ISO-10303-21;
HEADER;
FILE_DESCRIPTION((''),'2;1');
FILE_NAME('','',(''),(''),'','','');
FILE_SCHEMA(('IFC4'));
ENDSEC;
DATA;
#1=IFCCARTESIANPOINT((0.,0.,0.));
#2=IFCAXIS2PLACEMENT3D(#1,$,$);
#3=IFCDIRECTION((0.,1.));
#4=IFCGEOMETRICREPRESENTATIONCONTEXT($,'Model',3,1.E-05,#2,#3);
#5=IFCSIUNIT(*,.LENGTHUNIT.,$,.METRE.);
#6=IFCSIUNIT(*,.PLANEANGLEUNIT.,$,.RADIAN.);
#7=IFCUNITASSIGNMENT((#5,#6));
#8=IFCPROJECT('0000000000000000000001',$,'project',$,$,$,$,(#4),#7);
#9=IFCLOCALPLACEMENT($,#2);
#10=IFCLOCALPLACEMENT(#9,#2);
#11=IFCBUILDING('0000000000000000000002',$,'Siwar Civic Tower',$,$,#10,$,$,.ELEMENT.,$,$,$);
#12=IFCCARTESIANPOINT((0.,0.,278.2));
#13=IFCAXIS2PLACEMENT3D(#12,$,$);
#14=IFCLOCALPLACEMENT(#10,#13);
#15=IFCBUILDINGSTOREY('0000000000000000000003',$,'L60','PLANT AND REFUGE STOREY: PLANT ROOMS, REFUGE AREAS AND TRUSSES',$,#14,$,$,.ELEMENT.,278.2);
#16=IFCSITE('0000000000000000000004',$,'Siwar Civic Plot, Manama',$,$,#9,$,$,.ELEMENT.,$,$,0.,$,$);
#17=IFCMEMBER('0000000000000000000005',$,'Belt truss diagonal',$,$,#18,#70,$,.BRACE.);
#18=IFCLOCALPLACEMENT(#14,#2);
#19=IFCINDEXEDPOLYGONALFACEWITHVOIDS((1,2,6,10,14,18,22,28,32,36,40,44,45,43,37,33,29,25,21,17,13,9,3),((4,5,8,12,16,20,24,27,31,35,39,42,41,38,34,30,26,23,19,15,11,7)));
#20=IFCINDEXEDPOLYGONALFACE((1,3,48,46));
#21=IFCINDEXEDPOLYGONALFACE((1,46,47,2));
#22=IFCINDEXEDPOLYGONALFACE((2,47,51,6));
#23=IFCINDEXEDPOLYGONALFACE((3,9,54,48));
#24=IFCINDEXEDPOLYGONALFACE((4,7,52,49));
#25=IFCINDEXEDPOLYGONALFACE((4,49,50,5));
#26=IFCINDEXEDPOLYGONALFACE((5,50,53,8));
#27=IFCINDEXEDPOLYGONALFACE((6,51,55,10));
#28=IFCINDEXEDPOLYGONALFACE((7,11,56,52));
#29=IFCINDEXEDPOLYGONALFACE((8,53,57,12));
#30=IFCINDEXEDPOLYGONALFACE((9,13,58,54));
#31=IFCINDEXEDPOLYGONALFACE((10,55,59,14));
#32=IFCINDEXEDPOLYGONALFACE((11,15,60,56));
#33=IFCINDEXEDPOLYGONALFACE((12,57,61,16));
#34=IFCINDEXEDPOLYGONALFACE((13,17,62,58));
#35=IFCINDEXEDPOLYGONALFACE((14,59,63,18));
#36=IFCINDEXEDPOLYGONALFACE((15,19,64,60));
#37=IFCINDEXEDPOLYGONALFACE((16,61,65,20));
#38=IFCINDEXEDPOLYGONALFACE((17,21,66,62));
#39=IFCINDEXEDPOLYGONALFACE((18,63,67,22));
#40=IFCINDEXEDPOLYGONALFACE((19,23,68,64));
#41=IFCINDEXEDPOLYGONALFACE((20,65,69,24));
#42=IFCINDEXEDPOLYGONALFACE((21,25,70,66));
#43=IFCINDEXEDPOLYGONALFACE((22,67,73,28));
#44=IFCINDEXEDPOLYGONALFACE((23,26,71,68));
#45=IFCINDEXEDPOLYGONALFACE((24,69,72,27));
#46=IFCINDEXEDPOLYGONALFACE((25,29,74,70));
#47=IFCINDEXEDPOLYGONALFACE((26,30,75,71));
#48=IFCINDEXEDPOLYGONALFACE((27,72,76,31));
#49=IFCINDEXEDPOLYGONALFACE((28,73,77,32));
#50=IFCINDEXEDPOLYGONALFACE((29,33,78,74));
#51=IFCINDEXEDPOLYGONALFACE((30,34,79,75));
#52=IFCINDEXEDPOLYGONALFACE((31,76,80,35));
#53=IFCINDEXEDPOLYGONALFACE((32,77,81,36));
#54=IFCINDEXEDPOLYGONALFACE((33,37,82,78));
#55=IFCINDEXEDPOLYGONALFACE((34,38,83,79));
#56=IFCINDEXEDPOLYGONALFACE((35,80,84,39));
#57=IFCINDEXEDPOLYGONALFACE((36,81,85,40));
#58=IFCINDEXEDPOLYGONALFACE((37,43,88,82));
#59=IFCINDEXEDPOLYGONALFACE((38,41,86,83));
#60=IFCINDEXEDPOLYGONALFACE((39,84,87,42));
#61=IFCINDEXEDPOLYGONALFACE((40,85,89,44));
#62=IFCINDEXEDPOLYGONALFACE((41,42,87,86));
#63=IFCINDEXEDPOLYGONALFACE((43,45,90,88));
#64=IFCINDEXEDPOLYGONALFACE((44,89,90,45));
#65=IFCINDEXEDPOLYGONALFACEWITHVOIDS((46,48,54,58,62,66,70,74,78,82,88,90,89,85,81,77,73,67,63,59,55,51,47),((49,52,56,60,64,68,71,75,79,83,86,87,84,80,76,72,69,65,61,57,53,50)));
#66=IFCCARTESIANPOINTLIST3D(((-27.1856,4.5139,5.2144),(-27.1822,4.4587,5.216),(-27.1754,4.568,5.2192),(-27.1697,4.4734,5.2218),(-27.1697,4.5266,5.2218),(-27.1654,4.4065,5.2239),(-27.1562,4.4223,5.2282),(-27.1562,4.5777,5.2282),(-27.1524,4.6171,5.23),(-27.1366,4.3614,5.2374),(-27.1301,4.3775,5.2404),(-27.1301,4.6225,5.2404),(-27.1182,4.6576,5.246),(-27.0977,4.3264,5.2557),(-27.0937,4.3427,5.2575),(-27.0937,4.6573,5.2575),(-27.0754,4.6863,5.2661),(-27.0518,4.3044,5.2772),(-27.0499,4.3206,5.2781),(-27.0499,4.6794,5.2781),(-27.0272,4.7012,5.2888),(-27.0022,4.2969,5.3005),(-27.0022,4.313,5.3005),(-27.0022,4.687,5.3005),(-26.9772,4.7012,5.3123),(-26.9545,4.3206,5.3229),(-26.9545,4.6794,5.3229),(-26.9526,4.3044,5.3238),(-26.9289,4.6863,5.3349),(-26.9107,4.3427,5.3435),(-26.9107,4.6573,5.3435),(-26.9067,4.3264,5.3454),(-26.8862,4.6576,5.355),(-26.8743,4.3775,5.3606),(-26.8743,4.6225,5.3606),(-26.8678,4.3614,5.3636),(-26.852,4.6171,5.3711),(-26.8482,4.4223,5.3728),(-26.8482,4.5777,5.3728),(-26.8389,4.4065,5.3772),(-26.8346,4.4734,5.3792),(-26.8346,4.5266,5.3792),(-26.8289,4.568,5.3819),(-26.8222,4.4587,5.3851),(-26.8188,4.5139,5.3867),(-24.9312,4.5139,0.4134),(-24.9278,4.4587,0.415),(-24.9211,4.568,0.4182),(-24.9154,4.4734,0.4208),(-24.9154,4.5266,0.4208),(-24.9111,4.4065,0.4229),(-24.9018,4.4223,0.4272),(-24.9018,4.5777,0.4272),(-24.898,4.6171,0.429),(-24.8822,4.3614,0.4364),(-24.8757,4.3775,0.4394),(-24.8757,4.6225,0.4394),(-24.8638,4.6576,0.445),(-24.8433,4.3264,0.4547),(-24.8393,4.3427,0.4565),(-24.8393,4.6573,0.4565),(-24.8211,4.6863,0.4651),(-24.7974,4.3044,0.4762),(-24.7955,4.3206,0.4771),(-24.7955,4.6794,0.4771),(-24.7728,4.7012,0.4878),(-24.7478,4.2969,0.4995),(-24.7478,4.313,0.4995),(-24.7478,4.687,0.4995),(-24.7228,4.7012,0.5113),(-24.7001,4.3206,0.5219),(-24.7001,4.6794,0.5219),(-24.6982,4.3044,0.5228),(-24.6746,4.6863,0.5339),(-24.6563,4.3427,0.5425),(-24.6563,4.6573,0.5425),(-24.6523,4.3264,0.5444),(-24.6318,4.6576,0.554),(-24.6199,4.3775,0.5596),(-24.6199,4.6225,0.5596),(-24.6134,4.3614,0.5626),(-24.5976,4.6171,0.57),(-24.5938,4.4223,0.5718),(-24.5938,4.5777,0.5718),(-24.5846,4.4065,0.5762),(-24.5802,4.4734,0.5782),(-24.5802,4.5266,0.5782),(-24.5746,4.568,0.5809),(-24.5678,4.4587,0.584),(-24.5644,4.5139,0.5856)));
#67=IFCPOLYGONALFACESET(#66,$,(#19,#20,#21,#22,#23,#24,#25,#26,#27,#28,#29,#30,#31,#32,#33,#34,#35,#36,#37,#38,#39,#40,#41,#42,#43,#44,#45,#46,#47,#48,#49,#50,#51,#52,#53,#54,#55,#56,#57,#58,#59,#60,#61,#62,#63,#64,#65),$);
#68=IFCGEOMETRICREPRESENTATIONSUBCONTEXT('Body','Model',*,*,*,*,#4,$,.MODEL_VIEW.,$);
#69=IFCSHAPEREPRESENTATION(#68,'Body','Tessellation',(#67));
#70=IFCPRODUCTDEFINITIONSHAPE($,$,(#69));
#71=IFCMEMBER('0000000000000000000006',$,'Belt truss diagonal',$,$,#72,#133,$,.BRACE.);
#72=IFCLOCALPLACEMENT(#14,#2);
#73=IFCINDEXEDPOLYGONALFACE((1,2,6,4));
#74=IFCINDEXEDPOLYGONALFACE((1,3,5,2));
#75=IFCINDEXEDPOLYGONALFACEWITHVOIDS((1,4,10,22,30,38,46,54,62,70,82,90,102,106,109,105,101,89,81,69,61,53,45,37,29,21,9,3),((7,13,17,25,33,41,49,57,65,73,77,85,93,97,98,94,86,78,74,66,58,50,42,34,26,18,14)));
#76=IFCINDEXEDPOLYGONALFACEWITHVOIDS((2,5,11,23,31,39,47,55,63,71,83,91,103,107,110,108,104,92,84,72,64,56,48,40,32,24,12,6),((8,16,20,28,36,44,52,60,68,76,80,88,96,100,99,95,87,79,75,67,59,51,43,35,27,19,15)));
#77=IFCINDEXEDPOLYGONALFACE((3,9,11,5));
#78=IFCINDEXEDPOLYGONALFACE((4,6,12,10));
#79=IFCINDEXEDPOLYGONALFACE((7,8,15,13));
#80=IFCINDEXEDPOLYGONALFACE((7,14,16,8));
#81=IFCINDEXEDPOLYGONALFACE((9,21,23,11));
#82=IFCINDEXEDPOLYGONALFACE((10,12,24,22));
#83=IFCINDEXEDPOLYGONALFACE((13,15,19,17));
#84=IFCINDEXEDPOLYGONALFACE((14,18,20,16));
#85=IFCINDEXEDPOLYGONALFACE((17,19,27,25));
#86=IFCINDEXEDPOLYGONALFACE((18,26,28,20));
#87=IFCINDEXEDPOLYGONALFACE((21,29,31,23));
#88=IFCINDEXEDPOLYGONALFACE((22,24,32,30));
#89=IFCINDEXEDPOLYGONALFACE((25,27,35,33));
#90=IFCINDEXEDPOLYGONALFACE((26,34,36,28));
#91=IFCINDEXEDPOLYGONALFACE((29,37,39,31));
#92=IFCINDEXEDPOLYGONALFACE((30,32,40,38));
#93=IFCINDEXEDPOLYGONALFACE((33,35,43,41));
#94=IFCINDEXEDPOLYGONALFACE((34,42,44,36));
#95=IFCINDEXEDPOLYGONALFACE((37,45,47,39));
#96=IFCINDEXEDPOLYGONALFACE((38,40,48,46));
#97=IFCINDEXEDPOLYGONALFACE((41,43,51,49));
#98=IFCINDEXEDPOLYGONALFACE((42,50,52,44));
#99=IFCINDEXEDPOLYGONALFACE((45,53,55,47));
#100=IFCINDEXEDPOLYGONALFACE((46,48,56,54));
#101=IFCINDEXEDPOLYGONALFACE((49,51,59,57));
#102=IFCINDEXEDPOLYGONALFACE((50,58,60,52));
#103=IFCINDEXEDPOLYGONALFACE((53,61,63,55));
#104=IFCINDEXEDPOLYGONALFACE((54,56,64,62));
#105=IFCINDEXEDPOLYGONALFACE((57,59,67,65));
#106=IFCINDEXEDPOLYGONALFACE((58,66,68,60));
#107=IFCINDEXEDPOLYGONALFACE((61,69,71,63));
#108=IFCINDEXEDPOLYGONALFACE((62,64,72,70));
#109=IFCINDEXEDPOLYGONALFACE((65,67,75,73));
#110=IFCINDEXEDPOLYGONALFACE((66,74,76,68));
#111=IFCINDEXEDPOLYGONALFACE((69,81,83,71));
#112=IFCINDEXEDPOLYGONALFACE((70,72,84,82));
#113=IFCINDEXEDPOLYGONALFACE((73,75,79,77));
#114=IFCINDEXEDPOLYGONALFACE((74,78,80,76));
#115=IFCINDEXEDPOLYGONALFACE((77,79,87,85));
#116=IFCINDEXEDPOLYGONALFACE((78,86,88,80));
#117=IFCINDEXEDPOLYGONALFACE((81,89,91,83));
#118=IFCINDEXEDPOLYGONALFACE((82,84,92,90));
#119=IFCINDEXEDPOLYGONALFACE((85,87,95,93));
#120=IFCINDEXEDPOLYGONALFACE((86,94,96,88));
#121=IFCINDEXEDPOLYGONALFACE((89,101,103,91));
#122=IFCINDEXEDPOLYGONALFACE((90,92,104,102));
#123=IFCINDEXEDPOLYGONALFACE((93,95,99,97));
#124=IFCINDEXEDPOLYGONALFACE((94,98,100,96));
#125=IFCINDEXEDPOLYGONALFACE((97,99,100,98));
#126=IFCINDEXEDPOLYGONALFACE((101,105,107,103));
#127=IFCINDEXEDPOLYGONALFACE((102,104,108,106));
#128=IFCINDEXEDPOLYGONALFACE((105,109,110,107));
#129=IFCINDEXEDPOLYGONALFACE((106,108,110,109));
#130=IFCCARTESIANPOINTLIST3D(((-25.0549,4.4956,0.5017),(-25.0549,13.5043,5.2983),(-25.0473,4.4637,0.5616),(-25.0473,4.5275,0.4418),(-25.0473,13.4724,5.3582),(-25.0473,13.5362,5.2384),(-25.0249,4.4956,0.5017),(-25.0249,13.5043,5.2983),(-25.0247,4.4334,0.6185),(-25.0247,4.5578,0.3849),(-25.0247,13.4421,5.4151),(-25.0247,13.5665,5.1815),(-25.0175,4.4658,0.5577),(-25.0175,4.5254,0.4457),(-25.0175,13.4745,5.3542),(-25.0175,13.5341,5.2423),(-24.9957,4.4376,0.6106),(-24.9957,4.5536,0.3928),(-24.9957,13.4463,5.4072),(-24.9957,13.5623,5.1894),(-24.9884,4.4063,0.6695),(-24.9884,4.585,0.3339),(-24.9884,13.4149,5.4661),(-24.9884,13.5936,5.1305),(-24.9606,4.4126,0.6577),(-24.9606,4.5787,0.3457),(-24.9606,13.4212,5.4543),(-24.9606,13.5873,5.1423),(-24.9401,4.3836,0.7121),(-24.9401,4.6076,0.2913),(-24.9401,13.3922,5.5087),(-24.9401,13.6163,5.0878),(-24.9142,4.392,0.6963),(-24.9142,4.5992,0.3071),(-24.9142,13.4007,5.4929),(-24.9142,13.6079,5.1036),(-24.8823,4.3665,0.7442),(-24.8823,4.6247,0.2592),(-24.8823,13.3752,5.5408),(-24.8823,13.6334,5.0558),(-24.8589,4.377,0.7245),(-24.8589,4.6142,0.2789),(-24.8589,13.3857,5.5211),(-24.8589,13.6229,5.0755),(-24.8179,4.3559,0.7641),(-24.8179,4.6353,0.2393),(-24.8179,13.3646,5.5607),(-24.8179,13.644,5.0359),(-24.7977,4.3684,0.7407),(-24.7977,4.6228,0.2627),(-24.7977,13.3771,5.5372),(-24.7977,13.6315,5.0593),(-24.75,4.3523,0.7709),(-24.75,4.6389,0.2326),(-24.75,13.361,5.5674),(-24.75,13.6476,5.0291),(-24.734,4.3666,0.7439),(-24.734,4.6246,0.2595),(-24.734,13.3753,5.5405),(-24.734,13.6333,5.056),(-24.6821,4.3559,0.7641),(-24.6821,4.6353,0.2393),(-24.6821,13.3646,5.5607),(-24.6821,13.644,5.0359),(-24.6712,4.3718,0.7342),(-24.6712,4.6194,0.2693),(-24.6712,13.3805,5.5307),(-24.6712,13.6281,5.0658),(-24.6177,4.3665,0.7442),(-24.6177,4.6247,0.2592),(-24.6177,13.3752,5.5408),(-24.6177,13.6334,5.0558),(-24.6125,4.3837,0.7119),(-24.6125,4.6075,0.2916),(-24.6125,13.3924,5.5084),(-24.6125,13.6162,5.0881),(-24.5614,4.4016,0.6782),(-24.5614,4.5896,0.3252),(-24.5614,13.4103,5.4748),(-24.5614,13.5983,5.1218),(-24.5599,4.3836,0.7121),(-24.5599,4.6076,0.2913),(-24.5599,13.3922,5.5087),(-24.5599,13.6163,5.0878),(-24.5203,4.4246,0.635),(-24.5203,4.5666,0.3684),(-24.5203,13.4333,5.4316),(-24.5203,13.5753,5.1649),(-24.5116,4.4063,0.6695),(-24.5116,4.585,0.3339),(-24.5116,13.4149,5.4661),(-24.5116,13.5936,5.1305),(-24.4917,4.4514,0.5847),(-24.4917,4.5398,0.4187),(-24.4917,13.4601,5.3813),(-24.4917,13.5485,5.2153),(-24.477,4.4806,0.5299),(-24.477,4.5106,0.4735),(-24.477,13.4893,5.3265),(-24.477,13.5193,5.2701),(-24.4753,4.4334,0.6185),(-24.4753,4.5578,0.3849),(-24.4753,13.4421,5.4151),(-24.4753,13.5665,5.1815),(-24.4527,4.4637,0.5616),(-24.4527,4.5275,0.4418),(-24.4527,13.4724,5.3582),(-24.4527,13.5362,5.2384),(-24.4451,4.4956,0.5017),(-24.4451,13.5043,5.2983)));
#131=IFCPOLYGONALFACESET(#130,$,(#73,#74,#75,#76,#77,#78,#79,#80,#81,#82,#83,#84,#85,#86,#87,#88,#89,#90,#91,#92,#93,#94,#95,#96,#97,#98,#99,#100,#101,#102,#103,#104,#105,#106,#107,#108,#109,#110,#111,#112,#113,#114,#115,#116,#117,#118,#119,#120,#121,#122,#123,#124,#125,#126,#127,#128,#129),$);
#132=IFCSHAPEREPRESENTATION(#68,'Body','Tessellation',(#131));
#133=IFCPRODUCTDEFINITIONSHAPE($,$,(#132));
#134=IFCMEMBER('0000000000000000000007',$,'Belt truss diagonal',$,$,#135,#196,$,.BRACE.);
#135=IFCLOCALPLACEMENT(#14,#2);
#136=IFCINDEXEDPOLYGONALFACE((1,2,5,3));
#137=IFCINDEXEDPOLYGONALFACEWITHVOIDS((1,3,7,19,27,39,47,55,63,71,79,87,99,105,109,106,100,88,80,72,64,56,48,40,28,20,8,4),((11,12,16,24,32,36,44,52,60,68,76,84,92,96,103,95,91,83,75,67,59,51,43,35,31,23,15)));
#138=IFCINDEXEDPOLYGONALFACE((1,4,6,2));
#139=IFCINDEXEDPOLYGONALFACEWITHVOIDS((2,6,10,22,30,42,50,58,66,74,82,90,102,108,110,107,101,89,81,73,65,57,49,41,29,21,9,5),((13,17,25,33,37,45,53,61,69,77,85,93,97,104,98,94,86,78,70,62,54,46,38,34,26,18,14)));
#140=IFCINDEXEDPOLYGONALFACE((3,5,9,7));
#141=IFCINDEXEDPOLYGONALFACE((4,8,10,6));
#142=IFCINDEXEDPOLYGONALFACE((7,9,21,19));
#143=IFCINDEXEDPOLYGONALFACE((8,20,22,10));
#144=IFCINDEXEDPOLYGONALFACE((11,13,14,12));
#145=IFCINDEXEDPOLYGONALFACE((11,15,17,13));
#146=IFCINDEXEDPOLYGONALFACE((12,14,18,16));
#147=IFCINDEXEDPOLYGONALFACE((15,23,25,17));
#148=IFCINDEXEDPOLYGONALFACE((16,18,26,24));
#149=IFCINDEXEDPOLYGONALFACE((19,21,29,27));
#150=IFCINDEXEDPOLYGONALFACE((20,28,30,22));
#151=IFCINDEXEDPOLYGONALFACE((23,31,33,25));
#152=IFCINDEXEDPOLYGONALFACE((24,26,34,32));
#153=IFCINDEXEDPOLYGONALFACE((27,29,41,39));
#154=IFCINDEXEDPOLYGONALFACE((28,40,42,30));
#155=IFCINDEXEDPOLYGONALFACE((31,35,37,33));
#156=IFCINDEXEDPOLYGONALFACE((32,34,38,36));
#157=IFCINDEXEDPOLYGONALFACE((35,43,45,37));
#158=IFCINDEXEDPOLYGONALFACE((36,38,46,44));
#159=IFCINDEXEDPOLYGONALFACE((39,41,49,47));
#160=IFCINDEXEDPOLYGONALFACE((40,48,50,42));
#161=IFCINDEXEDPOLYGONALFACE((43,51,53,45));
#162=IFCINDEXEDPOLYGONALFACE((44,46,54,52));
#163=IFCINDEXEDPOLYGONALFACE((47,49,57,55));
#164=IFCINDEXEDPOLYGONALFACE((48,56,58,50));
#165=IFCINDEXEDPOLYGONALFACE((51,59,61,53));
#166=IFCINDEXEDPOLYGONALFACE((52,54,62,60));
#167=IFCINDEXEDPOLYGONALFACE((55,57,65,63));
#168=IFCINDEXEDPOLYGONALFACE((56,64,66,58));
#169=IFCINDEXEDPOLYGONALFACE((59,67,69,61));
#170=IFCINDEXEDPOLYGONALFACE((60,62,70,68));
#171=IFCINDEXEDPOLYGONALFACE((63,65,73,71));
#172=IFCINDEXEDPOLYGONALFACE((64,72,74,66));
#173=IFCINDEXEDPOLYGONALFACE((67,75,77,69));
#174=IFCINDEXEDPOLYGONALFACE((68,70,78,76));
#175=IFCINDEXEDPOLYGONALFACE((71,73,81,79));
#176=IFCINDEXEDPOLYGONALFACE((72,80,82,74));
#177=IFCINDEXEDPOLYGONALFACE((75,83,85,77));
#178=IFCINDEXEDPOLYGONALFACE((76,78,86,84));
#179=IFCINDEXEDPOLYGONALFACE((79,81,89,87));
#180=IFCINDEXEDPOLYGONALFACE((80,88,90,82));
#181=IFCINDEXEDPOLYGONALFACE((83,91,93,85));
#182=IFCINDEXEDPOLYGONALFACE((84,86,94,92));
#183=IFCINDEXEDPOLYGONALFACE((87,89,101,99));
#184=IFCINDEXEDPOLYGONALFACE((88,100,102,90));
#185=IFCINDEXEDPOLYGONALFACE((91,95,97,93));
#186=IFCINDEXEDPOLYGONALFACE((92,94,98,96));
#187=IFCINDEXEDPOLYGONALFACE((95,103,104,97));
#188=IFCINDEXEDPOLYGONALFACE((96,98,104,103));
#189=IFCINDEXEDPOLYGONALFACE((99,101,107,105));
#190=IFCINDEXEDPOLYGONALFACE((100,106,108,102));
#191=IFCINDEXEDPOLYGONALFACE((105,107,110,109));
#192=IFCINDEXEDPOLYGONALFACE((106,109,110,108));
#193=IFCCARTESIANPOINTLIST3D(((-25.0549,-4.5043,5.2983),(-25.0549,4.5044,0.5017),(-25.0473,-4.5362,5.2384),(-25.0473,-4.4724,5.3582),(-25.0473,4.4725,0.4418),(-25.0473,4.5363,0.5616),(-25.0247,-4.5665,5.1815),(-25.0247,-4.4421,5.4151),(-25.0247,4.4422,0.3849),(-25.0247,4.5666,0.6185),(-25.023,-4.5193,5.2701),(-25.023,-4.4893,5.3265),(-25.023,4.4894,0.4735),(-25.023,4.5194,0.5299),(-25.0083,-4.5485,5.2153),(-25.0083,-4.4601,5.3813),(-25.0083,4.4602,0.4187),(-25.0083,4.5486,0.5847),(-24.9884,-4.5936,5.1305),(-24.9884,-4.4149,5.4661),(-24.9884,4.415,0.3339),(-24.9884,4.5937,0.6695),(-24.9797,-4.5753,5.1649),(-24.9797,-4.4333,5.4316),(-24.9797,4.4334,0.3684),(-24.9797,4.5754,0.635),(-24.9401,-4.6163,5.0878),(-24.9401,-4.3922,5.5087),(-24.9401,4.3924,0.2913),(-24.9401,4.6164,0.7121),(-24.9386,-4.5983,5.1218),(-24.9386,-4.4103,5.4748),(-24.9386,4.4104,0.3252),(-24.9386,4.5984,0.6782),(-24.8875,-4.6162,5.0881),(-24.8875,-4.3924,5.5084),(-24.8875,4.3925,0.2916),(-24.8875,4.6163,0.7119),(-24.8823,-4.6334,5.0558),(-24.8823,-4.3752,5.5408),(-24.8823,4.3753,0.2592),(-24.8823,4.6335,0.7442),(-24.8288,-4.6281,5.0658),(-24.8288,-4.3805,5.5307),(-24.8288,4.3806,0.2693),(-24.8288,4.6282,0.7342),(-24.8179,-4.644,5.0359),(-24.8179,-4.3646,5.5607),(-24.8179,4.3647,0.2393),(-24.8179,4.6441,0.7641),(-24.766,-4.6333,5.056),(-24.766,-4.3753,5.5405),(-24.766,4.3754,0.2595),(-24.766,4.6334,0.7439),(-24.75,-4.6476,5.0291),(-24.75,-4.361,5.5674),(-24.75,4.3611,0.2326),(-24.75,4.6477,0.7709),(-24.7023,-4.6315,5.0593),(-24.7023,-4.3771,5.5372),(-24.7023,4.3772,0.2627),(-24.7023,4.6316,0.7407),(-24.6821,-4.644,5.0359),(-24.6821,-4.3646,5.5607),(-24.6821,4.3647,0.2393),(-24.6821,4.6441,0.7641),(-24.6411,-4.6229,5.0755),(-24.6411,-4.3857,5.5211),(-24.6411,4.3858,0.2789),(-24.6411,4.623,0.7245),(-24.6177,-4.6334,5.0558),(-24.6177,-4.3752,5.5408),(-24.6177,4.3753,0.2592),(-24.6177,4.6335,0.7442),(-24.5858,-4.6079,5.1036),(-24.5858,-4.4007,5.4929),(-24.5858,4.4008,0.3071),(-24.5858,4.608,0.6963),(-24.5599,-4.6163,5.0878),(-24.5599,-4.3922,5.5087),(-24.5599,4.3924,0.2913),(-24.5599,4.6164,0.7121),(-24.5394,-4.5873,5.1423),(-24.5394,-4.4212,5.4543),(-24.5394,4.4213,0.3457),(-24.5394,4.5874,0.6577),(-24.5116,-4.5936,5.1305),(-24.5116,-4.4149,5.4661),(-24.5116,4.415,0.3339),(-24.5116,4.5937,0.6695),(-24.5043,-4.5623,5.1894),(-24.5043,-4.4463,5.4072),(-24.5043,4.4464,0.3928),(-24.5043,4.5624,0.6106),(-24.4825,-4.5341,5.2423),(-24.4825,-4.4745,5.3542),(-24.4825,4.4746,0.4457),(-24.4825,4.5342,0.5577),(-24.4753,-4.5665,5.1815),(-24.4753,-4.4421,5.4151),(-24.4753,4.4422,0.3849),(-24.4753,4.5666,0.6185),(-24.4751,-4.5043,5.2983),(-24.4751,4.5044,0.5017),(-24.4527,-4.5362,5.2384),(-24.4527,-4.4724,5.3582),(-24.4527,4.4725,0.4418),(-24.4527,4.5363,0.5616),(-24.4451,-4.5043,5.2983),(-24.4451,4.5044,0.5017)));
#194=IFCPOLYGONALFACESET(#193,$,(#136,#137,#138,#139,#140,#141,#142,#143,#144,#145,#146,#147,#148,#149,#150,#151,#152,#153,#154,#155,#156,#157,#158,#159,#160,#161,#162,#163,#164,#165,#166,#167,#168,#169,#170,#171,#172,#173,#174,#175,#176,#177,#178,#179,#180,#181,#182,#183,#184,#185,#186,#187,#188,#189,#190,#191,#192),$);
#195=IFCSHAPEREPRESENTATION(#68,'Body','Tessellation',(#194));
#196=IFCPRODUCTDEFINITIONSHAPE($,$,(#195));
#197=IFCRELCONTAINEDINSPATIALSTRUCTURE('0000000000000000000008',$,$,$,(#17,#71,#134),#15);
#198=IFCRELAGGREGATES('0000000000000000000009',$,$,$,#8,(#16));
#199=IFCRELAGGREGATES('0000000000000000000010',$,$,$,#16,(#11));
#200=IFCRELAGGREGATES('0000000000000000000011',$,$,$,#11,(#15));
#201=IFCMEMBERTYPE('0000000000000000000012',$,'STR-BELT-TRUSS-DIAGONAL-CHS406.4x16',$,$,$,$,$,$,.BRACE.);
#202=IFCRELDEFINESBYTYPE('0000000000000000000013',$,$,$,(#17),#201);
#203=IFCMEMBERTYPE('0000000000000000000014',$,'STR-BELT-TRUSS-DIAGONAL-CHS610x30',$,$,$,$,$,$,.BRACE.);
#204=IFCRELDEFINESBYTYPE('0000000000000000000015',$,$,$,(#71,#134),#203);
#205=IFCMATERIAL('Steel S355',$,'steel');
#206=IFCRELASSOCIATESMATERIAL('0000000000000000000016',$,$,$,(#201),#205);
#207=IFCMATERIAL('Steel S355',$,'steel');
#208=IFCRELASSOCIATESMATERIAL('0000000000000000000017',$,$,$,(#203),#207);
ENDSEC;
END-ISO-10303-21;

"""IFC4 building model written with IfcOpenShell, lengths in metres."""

from ifc_helpers import new_model, si_unit, direction, frame, origin, origin_2d, place, context, subcontext, project, spatial, hollow_circle, extrude, material, material_profile, profile_set, type_object, element, save


model = new_model("IFC4")

# Units and contexts
model_context = context("Model", 3, precision=1e-05, world=origin(), true_north=direction((0.0, 1.0)))
body_context = subcontext(model_context, "Body", "Model", "MODEL_VIEW")
ifc_project = project(units=[si_unit("LENGTHUNIT", "METRE"), si_unit("PLANEANGLEUNIT", "RADIAN")], contexts=[model_context])

# Site, building, storey
site_placement = place(None, origin())
site = spatial("IfcSite", under=ifc_project, at=site_placement, Name="Siwar Civic Plot, Manama", CompositionType="ELEMENT", RefElevation=0.0)
building_placement = place(site_placement, origin())
building = spatial("IfcBuilding", under=site, at=building_placement, Name="Siwar Civic Tower", CompositionType="ELEMENT")
storey_placement = place(building_placement, frame((0.0, 0.0, 278.2)))
storey = spatial("IfcBuildingStorey", under=building, at=storey_placement, Name="L60", Description="PLANT AND REFUGE STOREY: PLANT ROOMS, REFUGE AREAS AND TRUSSES", CompositionType="ELEMENT", Elevation=278.2)

# Members
ifc_material_1 = material(Name="Steel S355", Category="steel")
ifc_material_profile_1 = material_profile(ifc_material_1, hollow_circle(Radius=0.2031, WallThickness=0.0161, at=origin_2d()), Name="CHS406.4x16")
ifc_profile_set_1 = profile_set([ifc_material_profile_1], Name="Steel S355")
member_type_1 = type_object("IfcMemberType", Name="STR-BELT-TRUSS-DIAGONAL-CHS406.4x16", PredefinedType="BRACE", material=ifc_profile_set_1)
member_placement = place(storey_placement, frame((-24.7478, 4.5, 0.4995), z_axis=(-0.425039, 0.0, 0.905175), x_axis=(0.0, -1.0, 0.0)))
element("IfcMember", 1, at=member_placement, inside=storey, type_object=member_type_1, Name="Belt truss diagonal", PredefinedType="BRACE", context=body_context, shape_type="SweptSolid", body=[
    extrude(hollow_circle(Radius=0.2031, WallThickness=0.0161, at=origin_2d()), origin(), (0.0, 0.0, 1.0), 5.304),
])
ifc_material_2 = material(Name="Steel S355", Category="steel")
ifc_material_profile_2 = material_profile(ifc_material_2, hollow_circle(Radius=0.3049, WallThickness=0.03, at=origin_2d()), Name="CHS610x30")
ifc_profile_set_2 = profile_set([ifc_material_profile_2], Name="Steel S355")
member_type_2 = type_object("IfcMemberType", Name="STR-BELT-TRUSS-DIAGONAL-CHS610x30", PredefinedType="BRACE", material=ifc_profile_set_2)
for number, where, z_axis, x_axis, name in (
    (2, (-24.75, 4.4956, 0.5017), (0.0, 0.882681, 0.469974), (-1.0, 0.0, 0.0), "Belt truss diagonal"),
    (3, (-24.75, 4.5044, 0.5017), (0.0, -0.882681, 0.469974), (1.0, 0.0, 0.0), "Belt truss diagonal"),
):
    element("IfcMember", number, at=place(storey_placement, frame(where, z_axis=z_axis, x_axis=x_axis)), inside=storey, type_object=member_type_2, Name=name, PredefinedType="BRACE", context=body_context, shape_type="SweptSolid", body=[
        extrude(hollow_circle(Radius=0.3049, WallThickness=0.03, at=origin_2d()), origin(), (0.0, 0.0, 1.0), 10.2061),
    ])

save(model, "model.ifc")
